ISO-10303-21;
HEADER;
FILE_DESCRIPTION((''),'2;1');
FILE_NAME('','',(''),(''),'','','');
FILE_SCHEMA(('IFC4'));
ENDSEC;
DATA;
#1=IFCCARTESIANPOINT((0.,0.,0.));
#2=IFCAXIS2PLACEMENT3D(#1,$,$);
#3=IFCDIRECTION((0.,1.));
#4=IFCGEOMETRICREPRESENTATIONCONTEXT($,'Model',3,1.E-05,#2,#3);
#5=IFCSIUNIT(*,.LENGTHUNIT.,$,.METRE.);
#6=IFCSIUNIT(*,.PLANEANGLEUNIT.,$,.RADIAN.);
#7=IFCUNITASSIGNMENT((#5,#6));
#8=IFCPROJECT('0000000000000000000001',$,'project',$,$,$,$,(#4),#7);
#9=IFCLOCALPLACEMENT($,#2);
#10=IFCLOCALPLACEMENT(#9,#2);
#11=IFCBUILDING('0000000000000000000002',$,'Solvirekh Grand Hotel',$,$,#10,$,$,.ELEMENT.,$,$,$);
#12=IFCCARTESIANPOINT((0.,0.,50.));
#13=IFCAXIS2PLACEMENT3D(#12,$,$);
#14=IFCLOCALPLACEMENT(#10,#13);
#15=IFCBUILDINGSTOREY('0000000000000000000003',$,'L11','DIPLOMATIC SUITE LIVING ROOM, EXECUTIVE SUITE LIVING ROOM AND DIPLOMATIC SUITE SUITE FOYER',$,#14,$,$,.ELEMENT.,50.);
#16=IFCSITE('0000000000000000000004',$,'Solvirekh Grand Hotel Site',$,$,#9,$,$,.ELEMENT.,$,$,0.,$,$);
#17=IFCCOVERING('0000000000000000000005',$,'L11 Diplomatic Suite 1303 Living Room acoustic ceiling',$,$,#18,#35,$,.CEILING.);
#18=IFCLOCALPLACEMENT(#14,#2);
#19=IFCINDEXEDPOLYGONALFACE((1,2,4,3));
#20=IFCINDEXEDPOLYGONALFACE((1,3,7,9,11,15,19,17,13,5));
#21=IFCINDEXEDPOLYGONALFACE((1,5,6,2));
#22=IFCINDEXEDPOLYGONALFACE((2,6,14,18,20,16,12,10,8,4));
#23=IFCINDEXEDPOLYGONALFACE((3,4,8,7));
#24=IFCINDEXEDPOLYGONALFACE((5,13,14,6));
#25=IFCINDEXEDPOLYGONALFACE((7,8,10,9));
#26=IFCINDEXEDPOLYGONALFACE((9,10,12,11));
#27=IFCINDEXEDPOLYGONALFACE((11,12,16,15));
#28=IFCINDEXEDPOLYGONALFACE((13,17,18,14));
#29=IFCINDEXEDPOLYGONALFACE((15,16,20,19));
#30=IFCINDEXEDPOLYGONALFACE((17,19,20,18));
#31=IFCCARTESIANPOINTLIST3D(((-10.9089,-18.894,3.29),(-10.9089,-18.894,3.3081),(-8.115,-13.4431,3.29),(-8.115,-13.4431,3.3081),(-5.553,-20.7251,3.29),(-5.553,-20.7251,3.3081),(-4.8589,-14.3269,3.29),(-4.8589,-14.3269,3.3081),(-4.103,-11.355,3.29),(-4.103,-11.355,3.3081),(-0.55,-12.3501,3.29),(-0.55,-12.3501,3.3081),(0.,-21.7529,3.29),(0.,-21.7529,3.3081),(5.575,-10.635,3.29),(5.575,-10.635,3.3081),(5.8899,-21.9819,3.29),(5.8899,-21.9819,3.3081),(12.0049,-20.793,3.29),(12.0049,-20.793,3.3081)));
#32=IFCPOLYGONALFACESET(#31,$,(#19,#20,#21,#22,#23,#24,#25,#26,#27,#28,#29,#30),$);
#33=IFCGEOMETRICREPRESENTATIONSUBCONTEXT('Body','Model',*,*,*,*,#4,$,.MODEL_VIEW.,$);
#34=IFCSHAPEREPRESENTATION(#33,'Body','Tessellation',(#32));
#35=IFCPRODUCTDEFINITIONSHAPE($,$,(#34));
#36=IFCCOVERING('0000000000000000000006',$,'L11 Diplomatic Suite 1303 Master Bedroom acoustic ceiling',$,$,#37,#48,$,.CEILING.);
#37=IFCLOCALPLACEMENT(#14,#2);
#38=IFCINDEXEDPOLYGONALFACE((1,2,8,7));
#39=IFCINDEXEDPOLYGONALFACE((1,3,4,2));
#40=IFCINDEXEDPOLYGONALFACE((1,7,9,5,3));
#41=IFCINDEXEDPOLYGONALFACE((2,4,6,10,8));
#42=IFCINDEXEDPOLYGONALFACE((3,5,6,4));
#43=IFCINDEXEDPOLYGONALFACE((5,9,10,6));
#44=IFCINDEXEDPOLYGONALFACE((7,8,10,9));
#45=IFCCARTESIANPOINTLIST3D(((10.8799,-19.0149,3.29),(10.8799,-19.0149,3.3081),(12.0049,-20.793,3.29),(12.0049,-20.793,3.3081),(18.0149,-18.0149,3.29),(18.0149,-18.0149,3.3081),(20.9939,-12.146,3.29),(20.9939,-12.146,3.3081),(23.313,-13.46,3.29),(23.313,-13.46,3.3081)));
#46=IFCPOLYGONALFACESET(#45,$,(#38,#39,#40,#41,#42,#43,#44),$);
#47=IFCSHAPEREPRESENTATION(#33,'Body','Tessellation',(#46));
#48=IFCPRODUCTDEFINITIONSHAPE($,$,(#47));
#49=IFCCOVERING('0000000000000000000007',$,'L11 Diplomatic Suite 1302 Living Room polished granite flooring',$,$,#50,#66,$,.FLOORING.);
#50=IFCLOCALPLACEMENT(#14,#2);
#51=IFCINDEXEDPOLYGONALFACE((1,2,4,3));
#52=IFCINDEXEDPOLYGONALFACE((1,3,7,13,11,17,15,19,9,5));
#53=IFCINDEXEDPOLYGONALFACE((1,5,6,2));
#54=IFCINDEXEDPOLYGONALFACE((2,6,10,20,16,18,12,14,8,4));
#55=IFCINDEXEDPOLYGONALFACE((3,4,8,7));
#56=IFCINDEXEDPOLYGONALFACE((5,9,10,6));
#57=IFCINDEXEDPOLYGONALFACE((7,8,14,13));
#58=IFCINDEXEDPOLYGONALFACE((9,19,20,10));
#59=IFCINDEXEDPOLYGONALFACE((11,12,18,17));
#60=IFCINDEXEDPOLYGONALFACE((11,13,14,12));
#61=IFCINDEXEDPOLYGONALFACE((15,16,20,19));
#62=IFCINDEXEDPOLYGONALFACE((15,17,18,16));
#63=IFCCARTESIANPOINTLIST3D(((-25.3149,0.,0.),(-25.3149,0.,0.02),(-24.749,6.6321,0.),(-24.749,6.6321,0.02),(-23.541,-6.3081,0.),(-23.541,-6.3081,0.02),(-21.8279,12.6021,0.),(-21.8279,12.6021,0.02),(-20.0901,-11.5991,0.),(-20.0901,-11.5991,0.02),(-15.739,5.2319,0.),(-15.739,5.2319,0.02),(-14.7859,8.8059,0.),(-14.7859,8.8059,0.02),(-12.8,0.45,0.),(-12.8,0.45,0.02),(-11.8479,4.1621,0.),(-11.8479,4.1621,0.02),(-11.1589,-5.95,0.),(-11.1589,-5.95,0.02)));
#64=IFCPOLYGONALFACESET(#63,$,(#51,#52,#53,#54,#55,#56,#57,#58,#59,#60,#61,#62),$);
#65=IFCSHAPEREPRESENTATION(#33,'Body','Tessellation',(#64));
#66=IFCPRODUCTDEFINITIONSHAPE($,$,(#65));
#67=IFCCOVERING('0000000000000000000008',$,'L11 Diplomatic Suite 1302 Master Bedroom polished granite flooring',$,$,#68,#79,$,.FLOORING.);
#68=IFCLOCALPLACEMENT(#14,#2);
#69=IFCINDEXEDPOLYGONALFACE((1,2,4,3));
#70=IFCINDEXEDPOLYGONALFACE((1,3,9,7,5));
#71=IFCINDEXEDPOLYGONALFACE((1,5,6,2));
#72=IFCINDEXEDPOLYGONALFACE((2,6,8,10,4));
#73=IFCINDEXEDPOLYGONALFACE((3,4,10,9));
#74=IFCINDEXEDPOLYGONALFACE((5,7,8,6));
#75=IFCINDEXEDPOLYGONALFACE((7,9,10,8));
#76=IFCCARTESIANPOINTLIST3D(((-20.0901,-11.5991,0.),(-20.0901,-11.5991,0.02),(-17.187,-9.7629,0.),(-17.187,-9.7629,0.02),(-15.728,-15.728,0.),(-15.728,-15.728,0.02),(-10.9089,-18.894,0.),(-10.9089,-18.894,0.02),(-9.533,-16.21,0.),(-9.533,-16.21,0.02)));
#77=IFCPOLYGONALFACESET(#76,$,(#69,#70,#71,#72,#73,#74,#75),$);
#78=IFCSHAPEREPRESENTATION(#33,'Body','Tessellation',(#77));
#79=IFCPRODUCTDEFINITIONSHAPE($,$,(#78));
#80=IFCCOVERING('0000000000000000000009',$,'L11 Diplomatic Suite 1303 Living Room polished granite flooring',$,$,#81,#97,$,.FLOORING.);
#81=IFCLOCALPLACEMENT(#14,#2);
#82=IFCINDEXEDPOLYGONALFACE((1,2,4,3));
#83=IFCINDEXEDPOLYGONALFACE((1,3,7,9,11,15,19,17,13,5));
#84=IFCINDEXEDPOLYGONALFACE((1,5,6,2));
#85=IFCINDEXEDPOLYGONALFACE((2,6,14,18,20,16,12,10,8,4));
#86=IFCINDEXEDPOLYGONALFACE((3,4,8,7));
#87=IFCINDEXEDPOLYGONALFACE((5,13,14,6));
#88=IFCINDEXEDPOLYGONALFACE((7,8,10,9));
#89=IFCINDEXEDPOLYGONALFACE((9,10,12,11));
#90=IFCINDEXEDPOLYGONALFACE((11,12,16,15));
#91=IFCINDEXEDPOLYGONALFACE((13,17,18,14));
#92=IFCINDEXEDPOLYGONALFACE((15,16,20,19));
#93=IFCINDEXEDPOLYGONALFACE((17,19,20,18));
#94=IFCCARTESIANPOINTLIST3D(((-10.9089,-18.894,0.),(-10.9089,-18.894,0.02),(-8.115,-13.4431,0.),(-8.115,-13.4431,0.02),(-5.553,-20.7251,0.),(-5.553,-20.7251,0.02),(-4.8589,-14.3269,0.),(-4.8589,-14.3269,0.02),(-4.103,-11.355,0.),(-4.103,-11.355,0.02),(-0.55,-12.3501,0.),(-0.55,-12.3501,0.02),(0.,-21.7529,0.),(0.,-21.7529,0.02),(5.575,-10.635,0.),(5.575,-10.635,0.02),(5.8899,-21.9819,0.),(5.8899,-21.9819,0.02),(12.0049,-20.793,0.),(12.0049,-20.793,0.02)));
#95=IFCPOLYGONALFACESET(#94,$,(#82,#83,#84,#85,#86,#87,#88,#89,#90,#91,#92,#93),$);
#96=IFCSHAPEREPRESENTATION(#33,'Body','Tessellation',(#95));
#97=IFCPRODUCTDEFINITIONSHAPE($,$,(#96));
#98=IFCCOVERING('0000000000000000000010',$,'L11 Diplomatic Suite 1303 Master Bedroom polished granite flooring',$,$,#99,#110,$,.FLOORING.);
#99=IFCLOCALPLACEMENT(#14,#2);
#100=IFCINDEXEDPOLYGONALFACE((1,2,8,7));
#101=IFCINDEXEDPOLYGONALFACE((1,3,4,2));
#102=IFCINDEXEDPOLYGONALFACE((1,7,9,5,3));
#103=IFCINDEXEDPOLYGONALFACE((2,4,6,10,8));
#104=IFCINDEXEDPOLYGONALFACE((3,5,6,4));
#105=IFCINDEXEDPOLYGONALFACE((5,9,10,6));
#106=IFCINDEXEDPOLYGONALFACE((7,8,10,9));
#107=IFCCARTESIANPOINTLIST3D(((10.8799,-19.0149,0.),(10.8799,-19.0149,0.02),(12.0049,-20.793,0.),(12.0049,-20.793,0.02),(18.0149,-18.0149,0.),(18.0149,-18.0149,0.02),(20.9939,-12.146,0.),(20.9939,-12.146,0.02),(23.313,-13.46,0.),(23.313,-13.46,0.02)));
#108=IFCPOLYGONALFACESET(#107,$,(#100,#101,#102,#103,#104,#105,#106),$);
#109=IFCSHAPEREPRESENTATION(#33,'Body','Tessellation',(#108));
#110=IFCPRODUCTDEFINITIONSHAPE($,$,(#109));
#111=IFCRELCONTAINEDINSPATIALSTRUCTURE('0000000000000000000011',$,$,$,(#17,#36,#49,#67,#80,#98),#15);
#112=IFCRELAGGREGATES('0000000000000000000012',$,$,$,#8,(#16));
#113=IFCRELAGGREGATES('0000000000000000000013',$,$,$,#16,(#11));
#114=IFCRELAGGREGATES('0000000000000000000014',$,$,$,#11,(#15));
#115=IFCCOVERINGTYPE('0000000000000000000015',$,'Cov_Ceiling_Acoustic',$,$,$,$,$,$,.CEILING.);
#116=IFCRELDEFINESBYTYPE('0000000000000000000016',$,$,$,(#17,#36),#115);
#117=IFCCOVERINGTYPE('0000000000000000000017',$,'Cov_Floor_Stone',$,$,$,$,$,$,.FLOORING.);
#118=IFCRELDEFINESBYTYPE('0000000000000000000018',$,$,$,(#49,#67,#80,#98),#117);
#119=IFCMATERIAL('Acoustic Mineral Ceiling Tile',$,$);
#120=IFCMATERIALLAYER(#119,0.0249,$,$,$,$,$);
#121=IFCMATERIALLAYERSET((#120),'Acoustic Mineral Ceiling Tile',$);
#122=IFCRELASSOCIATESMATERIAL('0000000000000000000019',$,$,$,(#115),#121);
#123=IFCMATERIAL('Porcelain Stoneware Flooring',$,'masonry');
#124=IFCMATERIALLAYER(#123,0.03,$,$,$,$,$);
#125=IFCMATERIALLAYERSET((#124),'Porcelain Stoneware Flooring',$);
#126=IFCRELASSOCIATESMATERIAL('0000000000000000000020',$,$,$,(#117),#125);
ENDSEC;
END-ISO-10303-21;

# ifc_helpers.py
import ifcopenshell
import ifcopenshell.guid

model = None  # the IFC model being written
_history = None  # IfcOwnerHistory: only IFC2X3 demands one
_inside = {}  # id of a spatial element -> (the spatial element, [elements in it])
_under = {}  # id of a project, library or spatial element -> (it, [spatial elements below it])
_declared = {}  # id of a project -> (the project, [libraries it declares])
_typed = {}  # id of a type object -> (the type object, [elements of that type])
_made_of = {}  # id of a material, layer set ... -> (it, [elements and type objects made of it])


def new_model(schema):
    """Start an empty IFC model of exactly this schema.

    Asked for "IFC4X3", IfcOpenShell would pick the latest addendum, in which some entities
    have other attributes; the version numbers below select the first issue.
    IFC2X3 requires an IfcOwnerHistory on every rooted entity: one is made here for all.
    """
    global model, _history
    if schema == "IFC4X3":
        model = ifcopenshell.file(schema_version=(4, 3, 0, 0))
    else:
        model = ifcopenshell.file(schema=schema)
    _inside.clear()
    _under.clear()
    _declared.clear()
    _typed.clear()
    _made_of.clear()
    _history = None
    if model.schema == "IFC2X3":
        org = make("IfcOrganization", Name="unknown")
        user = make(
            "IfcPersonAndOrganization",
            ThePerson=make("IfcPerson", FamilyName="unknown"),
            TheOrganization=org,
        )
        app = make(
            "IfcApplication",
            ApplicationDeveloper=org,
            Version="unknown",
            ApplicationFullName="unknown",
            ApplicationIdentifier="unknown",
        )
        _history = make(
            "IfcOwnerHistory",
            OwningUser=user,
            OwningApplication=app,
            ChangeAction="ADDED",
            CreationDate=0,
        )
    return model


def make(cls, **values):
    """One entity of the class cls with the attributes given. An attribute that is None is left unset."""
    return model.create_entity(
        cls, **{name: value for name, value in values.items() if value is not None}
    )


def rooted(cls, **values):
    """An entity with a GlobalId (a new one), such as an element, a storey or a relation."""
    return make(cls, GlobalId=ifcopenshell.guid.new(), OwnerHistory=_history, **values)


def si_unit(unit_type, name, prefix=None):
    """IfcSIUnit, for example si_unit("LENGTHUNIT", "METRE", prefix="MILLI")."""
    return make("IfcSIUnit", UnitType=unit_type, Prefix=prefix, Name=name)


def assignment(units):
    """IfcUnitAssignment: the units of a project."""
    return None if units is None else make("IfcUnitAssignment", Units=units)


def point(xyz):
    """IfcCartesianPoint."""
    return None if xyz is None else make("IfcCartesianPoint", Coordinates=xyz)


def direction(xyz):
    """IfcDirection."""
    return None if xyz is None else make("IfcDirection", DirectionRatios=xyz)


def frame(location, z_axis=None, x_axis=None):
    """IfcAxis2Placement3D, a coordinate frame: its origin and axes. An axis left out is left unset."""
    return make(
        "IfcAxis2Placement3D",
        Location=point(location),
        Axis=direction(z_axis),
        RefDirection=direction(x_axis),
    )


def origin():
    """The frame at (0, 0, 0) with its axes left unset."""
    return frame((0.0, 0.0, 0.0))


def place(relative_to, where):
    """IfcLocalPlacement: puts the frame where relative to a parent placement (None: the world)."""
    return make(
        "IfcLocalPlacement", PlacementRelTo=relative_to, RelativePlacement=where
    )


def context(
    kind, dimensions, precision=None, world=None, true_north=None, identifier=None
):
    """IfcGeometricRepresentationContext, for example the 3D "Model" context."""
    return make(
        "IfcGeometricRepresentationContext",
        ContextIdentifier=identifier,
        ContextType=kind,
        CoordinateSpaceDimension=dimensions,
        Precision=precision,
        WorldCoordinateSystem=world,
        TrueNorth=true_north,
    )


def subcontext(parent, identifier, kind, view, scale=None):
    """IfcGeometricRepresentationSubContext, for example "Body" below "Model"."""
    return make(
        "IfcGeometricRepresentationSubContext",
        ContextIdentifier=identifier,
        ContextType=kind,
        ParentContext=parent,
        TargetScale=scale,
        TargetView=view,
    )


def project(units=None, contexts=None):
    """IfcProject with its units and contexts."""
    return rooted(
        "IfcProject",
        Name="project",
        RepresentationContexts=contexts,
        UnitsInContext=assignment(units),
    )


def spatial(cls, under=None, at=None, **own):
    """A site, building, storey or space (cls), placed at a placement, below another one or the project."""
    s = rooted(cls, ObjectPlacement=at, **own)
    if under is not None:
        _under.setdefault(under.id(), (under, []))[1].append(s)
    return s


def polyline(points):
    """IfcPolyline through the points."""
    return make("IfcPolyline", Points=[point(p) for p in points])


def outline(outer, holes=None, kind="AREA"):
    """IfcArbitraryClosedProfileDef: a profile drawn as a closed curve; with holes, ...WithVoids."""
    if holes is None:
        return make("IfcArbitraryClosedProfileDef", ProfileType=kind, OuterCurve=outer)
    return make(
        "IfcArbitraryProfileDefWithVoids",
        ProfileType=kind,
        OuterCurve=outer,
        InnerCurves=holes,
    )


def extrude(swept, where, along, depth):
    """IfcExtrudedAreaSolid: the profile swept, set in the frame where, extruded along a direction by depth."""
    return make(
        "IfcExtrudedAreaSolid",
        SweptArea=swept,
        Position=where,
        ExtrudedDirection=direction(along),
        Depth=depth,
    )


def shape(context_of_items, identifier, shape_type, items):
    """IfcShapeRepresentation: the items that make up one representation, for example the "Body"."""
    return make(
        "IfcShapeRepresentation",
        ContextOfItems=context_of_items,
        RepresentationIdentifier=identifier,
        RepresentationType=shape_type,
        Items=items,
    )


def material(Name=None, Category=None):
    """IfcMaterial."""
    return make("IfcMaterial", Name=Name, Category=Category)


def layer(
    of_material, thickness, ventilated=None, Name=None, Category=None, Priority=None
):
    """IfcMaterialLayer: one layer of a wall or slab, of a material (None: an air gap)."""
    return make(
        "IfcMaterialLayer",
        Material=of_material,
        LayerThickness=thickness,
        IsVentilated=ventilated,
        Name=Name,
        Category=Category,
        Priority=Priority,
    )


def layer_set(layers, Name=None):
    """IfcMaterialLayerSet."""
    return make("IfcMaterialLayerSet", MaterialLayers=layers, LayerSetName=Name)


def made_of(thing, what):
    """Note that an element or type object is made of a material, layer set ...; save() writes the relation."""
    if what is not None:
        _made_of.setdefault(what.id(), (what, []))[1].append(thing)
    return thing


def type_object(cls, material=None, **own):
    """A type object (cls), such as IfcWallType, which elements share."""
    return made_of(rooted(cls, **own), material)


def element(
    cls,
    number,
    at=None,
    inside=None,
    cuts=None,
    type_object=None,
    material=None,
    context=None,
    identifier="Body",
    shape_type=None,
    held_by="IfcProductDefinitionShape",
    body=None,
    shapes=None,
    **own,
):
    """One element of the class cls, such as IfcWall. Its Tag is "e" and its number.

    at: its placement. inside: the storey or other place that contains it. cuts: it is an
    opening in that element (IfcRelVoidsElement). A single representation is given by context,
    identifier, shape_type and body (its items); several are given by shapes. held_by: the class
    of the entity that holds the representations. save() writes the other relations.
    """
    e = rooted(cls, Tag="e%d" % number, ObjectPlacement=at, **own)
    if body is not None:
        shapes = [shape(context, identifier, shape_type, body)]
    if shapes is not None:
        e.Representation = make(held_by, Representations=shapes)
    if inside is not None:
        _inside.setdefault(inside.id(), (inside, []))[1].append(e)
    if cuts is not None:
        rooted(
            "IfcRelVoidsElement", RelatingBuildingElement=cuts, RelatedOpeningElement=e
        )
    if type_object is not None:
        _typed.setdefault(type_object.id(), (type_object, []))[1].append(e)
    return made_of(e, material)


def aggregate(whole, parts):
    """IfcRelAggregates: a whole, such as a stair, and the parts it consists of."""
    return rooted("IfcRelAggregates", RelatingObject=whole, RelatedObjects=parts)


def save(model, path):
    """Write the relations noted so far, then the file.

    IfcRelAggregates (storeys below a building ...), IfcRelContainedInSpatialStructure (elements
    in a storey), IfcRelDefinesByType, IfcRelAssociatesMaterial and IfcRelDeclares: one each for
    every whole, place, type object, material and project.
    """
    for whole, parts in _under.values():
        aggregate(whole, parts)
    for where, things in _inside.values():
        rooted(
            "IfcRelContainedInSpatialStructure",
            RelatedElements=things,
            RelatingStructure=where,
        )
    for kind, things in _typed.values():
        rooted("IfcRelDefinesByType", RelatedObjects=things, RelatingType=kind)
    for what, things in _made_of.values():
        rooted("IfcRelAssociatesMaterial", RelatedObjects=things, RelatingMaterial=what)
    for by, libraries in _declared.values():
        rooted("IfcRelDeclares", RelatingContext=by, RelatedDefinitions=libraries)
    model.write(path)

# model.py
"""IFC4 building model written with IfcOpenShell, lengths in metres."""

from ifc_helpers import new_model, si_unit, direction, frame, origin, place, context, subcontext, project, spatial, polyline, outline, extrude, material, layer, layer_set, type_object, element, save


model = new_model("IFC4")

# Units and contexts
model_context = context("Model", 3, precision=1e-05, world=origin(), true_north=direction((0.0, 1.0)))
body_context = subcontext(model_context, "Body", "Model", "MODEL_VIEW")
ifc_project = project(units=[si_unit("LENGTHUNIT", "METRE"), si_unit("PLANEANGLEUNIT", "RADIAN")], contexts=[model_context])

# Site, building, storey
site_placement = place(None, origin())
site = spatial("IfcSite", under=ifc_project, at=site_placement, Name="Solvirekh Grand Hotel Site", CompositionType="ELEMENT", RefElevation=0.0)
building_placement = place(site_placement, origin())
building = spatial("IfcBuilding", under=site, at=building_placement, Name="Solvirekh Grand Hotel", CompositionType="ELEMENT")
storey_placement = place(building_placement, frame((0.0, 0.0, 50.0)))
storey = spatial("IfcBuildingStorey", under=building, at=storey_placement, Name="L11", Description="DIPLOMATIC SUITE LIVING ROOM, EXECUTIVE SUITE LIVING ROOM AND DIPLOMATIC SUITE SUITE FOYER", CompositionType="ELEMENT", Elevation=50.0)

# Coverings
ifc_material_1 = material(Name="Acoustic Mineral Ceiling Tile")
ifc_layer_1 = layer(ifc_material_1, 0.0249)
ifc_layer_set_1 = layer_set([ifc_layer_1], Name="Acoustic Mineral Ceiling Tile")
covering_type_1 = type_object("IfcCoveringType", Name="Cov_Ceiling_Acoustic", PredefinedType="CEILING", material=ifc_layer_set_1)
covering_1_placement = place(storey_placement, frame((0.0, 0.0, 3.29)))
element("IfcCovering", 1, at=covering_1_placement, inside=storey, type_object=covering_type_1, Name="L11 Diplomatic Suite 1303 Living Room acoustic ceiling", PredefinedType="CEILING", context=body_context, shape_type="SweptSolid", body=[
    extrude(outline(polyline([(-4.8589, -14.3269), (-8.115, -13.4431), (-10.9089, -18.894), (-5.553, -20.7251), (0.0, -21.7529), (5.8899, -21.9819), (12.0049, -20.793), (5.575, -10.635), (-0.55, -12.3501), (-4.103, -11.355), (-4.8589, -14.3269)])), origin(), (0.0, 0.0, 1.0), 0.0181),
])
covering_2_placement = place(storey_placement, frame((0.0, 0.0, 3.29)))
element("IfcCovering", 2, at=covering_2_placement, inside=storey, type_object=covering_type_1, Name="L11 Diplomatic Suite 1303 Master Bedroom acoustic ceiling", PredefinedType="CEILING", context=body_context, shape_type="SweptSolid", body=[
    extrude(outline(polyline([(12.0049, -20.793), (18.0149, -18.0149), (23.313, -13.46), (20.9939, -12.146), (10.8799, -19.0149), (12.0049, -20.793)])), origin(), (0.0, 0.0, 1.0), 0.0181),
])
ifc_material_2 = material(Name="Porcelain Stoneware Flooring", Category="masonry")
ifc_layer_2 = layer(ifc_material_2, 0.03)
ifc_layer_set_2 = layer_set([ifc_layer_2], Name="Porcelain Stoneware Flooring")
covering_type_2 = type_object("IfcCoveringType", Name="Cov_Floor_Stone", PredefinedType="FLOORING", material=ifc_layer_set_2)
covering_3_placement = place(storey_placement, origin())
element("IfcCovering", 3, at=covering_3_placement, inside=storey, type_object=covering_type_2, Name="L11 Diplomatic Suite 1302 Living Room polished granite flooring", PredefinedType="FLOORING", context=body_context, shape_type="SweptSolid", body=[
    extrude(outline(polyline([(-15.739, 5.2319), (-14.7859, 8.8059), (-21.8279, 12.6021), (-24.749, 6.6321), (-25.3149, 0.0), (-23.541, -6.3081), (-20.0901, -11.5991), (-11.1589, -5.95), (-12.8, 0.45), (-11.8479, 4.1621), (-15.739, 5.2319)])), origin(), (0.0, 0.0, 1.0), 0.02),
])
covering_4_placement = place(storey_placement, origin())
element("IfcCovering", 4, at=covering_4_placement, inside=storey, type_object=covering_type_2, Name="L11 Diplomatic Suite 1302 Master Bedroom polished granite flooring", PredefinedType="FLOORING", context=body_context, shape_type="SweptSolid", body=[
    extrude(outline(polyline([(-20.0901, -11.5991), (-15.728, -15.728), (-10.9089, -18.894), (-9.533, -16.21), (-17.187, -9.7629), (-20.0901, -11.5991)])), origin(), (0.0, 0.0, 1.0), 0.02),
])
covering_5_placement = place(storey_placement, origin())
element("IfcCovering", 5, at=covering_5_placement, inside=storey, type_object=covering_type_2, Name="L11 Diplomatic Suite 1303 Living Room polished granite flooring", PredefinedType="FLOORING", context=body_context, shape_type="SweptSolid", body=[
    extrude(outline(polyline([(-4.8589, -14.3269), (-8.115, -13.4431), (-10.9089, -18.894), (-5.553, -20.7251), (0.0, -21.7529), (5.8899, -21.9819), (12.0049, -20.793), (5.575, -10.635), (-0.55, -12.3501), (-4.103, -11.355), (-4.8589, -14.3269)])), origin(), (0.0, 0.0, 1.0), 0.02),
])
covering_6_placement = place(storey_placement, origin())
element("IfcCovering", 6, at=covering_6_placement, inside=storey, type_object=covering_type_2, Name="L11 Diplomatic Suite 1303 Master Bedroom polished granite flooring", PredefinedType="FLOORING", context=body_context, shape_type="SweptSolid", body=[
    extrude(outline(polyline([(12.0049, -20.793), (18.0149, -18.0149), (23.313, -13.46), (20.9939, -12.146), (10.8799, -19.0149), (12.0049, -20.793)])), origin(), (0.0, 0.0, 1.0), 0.02),
])

save(model, "model.ifc")
